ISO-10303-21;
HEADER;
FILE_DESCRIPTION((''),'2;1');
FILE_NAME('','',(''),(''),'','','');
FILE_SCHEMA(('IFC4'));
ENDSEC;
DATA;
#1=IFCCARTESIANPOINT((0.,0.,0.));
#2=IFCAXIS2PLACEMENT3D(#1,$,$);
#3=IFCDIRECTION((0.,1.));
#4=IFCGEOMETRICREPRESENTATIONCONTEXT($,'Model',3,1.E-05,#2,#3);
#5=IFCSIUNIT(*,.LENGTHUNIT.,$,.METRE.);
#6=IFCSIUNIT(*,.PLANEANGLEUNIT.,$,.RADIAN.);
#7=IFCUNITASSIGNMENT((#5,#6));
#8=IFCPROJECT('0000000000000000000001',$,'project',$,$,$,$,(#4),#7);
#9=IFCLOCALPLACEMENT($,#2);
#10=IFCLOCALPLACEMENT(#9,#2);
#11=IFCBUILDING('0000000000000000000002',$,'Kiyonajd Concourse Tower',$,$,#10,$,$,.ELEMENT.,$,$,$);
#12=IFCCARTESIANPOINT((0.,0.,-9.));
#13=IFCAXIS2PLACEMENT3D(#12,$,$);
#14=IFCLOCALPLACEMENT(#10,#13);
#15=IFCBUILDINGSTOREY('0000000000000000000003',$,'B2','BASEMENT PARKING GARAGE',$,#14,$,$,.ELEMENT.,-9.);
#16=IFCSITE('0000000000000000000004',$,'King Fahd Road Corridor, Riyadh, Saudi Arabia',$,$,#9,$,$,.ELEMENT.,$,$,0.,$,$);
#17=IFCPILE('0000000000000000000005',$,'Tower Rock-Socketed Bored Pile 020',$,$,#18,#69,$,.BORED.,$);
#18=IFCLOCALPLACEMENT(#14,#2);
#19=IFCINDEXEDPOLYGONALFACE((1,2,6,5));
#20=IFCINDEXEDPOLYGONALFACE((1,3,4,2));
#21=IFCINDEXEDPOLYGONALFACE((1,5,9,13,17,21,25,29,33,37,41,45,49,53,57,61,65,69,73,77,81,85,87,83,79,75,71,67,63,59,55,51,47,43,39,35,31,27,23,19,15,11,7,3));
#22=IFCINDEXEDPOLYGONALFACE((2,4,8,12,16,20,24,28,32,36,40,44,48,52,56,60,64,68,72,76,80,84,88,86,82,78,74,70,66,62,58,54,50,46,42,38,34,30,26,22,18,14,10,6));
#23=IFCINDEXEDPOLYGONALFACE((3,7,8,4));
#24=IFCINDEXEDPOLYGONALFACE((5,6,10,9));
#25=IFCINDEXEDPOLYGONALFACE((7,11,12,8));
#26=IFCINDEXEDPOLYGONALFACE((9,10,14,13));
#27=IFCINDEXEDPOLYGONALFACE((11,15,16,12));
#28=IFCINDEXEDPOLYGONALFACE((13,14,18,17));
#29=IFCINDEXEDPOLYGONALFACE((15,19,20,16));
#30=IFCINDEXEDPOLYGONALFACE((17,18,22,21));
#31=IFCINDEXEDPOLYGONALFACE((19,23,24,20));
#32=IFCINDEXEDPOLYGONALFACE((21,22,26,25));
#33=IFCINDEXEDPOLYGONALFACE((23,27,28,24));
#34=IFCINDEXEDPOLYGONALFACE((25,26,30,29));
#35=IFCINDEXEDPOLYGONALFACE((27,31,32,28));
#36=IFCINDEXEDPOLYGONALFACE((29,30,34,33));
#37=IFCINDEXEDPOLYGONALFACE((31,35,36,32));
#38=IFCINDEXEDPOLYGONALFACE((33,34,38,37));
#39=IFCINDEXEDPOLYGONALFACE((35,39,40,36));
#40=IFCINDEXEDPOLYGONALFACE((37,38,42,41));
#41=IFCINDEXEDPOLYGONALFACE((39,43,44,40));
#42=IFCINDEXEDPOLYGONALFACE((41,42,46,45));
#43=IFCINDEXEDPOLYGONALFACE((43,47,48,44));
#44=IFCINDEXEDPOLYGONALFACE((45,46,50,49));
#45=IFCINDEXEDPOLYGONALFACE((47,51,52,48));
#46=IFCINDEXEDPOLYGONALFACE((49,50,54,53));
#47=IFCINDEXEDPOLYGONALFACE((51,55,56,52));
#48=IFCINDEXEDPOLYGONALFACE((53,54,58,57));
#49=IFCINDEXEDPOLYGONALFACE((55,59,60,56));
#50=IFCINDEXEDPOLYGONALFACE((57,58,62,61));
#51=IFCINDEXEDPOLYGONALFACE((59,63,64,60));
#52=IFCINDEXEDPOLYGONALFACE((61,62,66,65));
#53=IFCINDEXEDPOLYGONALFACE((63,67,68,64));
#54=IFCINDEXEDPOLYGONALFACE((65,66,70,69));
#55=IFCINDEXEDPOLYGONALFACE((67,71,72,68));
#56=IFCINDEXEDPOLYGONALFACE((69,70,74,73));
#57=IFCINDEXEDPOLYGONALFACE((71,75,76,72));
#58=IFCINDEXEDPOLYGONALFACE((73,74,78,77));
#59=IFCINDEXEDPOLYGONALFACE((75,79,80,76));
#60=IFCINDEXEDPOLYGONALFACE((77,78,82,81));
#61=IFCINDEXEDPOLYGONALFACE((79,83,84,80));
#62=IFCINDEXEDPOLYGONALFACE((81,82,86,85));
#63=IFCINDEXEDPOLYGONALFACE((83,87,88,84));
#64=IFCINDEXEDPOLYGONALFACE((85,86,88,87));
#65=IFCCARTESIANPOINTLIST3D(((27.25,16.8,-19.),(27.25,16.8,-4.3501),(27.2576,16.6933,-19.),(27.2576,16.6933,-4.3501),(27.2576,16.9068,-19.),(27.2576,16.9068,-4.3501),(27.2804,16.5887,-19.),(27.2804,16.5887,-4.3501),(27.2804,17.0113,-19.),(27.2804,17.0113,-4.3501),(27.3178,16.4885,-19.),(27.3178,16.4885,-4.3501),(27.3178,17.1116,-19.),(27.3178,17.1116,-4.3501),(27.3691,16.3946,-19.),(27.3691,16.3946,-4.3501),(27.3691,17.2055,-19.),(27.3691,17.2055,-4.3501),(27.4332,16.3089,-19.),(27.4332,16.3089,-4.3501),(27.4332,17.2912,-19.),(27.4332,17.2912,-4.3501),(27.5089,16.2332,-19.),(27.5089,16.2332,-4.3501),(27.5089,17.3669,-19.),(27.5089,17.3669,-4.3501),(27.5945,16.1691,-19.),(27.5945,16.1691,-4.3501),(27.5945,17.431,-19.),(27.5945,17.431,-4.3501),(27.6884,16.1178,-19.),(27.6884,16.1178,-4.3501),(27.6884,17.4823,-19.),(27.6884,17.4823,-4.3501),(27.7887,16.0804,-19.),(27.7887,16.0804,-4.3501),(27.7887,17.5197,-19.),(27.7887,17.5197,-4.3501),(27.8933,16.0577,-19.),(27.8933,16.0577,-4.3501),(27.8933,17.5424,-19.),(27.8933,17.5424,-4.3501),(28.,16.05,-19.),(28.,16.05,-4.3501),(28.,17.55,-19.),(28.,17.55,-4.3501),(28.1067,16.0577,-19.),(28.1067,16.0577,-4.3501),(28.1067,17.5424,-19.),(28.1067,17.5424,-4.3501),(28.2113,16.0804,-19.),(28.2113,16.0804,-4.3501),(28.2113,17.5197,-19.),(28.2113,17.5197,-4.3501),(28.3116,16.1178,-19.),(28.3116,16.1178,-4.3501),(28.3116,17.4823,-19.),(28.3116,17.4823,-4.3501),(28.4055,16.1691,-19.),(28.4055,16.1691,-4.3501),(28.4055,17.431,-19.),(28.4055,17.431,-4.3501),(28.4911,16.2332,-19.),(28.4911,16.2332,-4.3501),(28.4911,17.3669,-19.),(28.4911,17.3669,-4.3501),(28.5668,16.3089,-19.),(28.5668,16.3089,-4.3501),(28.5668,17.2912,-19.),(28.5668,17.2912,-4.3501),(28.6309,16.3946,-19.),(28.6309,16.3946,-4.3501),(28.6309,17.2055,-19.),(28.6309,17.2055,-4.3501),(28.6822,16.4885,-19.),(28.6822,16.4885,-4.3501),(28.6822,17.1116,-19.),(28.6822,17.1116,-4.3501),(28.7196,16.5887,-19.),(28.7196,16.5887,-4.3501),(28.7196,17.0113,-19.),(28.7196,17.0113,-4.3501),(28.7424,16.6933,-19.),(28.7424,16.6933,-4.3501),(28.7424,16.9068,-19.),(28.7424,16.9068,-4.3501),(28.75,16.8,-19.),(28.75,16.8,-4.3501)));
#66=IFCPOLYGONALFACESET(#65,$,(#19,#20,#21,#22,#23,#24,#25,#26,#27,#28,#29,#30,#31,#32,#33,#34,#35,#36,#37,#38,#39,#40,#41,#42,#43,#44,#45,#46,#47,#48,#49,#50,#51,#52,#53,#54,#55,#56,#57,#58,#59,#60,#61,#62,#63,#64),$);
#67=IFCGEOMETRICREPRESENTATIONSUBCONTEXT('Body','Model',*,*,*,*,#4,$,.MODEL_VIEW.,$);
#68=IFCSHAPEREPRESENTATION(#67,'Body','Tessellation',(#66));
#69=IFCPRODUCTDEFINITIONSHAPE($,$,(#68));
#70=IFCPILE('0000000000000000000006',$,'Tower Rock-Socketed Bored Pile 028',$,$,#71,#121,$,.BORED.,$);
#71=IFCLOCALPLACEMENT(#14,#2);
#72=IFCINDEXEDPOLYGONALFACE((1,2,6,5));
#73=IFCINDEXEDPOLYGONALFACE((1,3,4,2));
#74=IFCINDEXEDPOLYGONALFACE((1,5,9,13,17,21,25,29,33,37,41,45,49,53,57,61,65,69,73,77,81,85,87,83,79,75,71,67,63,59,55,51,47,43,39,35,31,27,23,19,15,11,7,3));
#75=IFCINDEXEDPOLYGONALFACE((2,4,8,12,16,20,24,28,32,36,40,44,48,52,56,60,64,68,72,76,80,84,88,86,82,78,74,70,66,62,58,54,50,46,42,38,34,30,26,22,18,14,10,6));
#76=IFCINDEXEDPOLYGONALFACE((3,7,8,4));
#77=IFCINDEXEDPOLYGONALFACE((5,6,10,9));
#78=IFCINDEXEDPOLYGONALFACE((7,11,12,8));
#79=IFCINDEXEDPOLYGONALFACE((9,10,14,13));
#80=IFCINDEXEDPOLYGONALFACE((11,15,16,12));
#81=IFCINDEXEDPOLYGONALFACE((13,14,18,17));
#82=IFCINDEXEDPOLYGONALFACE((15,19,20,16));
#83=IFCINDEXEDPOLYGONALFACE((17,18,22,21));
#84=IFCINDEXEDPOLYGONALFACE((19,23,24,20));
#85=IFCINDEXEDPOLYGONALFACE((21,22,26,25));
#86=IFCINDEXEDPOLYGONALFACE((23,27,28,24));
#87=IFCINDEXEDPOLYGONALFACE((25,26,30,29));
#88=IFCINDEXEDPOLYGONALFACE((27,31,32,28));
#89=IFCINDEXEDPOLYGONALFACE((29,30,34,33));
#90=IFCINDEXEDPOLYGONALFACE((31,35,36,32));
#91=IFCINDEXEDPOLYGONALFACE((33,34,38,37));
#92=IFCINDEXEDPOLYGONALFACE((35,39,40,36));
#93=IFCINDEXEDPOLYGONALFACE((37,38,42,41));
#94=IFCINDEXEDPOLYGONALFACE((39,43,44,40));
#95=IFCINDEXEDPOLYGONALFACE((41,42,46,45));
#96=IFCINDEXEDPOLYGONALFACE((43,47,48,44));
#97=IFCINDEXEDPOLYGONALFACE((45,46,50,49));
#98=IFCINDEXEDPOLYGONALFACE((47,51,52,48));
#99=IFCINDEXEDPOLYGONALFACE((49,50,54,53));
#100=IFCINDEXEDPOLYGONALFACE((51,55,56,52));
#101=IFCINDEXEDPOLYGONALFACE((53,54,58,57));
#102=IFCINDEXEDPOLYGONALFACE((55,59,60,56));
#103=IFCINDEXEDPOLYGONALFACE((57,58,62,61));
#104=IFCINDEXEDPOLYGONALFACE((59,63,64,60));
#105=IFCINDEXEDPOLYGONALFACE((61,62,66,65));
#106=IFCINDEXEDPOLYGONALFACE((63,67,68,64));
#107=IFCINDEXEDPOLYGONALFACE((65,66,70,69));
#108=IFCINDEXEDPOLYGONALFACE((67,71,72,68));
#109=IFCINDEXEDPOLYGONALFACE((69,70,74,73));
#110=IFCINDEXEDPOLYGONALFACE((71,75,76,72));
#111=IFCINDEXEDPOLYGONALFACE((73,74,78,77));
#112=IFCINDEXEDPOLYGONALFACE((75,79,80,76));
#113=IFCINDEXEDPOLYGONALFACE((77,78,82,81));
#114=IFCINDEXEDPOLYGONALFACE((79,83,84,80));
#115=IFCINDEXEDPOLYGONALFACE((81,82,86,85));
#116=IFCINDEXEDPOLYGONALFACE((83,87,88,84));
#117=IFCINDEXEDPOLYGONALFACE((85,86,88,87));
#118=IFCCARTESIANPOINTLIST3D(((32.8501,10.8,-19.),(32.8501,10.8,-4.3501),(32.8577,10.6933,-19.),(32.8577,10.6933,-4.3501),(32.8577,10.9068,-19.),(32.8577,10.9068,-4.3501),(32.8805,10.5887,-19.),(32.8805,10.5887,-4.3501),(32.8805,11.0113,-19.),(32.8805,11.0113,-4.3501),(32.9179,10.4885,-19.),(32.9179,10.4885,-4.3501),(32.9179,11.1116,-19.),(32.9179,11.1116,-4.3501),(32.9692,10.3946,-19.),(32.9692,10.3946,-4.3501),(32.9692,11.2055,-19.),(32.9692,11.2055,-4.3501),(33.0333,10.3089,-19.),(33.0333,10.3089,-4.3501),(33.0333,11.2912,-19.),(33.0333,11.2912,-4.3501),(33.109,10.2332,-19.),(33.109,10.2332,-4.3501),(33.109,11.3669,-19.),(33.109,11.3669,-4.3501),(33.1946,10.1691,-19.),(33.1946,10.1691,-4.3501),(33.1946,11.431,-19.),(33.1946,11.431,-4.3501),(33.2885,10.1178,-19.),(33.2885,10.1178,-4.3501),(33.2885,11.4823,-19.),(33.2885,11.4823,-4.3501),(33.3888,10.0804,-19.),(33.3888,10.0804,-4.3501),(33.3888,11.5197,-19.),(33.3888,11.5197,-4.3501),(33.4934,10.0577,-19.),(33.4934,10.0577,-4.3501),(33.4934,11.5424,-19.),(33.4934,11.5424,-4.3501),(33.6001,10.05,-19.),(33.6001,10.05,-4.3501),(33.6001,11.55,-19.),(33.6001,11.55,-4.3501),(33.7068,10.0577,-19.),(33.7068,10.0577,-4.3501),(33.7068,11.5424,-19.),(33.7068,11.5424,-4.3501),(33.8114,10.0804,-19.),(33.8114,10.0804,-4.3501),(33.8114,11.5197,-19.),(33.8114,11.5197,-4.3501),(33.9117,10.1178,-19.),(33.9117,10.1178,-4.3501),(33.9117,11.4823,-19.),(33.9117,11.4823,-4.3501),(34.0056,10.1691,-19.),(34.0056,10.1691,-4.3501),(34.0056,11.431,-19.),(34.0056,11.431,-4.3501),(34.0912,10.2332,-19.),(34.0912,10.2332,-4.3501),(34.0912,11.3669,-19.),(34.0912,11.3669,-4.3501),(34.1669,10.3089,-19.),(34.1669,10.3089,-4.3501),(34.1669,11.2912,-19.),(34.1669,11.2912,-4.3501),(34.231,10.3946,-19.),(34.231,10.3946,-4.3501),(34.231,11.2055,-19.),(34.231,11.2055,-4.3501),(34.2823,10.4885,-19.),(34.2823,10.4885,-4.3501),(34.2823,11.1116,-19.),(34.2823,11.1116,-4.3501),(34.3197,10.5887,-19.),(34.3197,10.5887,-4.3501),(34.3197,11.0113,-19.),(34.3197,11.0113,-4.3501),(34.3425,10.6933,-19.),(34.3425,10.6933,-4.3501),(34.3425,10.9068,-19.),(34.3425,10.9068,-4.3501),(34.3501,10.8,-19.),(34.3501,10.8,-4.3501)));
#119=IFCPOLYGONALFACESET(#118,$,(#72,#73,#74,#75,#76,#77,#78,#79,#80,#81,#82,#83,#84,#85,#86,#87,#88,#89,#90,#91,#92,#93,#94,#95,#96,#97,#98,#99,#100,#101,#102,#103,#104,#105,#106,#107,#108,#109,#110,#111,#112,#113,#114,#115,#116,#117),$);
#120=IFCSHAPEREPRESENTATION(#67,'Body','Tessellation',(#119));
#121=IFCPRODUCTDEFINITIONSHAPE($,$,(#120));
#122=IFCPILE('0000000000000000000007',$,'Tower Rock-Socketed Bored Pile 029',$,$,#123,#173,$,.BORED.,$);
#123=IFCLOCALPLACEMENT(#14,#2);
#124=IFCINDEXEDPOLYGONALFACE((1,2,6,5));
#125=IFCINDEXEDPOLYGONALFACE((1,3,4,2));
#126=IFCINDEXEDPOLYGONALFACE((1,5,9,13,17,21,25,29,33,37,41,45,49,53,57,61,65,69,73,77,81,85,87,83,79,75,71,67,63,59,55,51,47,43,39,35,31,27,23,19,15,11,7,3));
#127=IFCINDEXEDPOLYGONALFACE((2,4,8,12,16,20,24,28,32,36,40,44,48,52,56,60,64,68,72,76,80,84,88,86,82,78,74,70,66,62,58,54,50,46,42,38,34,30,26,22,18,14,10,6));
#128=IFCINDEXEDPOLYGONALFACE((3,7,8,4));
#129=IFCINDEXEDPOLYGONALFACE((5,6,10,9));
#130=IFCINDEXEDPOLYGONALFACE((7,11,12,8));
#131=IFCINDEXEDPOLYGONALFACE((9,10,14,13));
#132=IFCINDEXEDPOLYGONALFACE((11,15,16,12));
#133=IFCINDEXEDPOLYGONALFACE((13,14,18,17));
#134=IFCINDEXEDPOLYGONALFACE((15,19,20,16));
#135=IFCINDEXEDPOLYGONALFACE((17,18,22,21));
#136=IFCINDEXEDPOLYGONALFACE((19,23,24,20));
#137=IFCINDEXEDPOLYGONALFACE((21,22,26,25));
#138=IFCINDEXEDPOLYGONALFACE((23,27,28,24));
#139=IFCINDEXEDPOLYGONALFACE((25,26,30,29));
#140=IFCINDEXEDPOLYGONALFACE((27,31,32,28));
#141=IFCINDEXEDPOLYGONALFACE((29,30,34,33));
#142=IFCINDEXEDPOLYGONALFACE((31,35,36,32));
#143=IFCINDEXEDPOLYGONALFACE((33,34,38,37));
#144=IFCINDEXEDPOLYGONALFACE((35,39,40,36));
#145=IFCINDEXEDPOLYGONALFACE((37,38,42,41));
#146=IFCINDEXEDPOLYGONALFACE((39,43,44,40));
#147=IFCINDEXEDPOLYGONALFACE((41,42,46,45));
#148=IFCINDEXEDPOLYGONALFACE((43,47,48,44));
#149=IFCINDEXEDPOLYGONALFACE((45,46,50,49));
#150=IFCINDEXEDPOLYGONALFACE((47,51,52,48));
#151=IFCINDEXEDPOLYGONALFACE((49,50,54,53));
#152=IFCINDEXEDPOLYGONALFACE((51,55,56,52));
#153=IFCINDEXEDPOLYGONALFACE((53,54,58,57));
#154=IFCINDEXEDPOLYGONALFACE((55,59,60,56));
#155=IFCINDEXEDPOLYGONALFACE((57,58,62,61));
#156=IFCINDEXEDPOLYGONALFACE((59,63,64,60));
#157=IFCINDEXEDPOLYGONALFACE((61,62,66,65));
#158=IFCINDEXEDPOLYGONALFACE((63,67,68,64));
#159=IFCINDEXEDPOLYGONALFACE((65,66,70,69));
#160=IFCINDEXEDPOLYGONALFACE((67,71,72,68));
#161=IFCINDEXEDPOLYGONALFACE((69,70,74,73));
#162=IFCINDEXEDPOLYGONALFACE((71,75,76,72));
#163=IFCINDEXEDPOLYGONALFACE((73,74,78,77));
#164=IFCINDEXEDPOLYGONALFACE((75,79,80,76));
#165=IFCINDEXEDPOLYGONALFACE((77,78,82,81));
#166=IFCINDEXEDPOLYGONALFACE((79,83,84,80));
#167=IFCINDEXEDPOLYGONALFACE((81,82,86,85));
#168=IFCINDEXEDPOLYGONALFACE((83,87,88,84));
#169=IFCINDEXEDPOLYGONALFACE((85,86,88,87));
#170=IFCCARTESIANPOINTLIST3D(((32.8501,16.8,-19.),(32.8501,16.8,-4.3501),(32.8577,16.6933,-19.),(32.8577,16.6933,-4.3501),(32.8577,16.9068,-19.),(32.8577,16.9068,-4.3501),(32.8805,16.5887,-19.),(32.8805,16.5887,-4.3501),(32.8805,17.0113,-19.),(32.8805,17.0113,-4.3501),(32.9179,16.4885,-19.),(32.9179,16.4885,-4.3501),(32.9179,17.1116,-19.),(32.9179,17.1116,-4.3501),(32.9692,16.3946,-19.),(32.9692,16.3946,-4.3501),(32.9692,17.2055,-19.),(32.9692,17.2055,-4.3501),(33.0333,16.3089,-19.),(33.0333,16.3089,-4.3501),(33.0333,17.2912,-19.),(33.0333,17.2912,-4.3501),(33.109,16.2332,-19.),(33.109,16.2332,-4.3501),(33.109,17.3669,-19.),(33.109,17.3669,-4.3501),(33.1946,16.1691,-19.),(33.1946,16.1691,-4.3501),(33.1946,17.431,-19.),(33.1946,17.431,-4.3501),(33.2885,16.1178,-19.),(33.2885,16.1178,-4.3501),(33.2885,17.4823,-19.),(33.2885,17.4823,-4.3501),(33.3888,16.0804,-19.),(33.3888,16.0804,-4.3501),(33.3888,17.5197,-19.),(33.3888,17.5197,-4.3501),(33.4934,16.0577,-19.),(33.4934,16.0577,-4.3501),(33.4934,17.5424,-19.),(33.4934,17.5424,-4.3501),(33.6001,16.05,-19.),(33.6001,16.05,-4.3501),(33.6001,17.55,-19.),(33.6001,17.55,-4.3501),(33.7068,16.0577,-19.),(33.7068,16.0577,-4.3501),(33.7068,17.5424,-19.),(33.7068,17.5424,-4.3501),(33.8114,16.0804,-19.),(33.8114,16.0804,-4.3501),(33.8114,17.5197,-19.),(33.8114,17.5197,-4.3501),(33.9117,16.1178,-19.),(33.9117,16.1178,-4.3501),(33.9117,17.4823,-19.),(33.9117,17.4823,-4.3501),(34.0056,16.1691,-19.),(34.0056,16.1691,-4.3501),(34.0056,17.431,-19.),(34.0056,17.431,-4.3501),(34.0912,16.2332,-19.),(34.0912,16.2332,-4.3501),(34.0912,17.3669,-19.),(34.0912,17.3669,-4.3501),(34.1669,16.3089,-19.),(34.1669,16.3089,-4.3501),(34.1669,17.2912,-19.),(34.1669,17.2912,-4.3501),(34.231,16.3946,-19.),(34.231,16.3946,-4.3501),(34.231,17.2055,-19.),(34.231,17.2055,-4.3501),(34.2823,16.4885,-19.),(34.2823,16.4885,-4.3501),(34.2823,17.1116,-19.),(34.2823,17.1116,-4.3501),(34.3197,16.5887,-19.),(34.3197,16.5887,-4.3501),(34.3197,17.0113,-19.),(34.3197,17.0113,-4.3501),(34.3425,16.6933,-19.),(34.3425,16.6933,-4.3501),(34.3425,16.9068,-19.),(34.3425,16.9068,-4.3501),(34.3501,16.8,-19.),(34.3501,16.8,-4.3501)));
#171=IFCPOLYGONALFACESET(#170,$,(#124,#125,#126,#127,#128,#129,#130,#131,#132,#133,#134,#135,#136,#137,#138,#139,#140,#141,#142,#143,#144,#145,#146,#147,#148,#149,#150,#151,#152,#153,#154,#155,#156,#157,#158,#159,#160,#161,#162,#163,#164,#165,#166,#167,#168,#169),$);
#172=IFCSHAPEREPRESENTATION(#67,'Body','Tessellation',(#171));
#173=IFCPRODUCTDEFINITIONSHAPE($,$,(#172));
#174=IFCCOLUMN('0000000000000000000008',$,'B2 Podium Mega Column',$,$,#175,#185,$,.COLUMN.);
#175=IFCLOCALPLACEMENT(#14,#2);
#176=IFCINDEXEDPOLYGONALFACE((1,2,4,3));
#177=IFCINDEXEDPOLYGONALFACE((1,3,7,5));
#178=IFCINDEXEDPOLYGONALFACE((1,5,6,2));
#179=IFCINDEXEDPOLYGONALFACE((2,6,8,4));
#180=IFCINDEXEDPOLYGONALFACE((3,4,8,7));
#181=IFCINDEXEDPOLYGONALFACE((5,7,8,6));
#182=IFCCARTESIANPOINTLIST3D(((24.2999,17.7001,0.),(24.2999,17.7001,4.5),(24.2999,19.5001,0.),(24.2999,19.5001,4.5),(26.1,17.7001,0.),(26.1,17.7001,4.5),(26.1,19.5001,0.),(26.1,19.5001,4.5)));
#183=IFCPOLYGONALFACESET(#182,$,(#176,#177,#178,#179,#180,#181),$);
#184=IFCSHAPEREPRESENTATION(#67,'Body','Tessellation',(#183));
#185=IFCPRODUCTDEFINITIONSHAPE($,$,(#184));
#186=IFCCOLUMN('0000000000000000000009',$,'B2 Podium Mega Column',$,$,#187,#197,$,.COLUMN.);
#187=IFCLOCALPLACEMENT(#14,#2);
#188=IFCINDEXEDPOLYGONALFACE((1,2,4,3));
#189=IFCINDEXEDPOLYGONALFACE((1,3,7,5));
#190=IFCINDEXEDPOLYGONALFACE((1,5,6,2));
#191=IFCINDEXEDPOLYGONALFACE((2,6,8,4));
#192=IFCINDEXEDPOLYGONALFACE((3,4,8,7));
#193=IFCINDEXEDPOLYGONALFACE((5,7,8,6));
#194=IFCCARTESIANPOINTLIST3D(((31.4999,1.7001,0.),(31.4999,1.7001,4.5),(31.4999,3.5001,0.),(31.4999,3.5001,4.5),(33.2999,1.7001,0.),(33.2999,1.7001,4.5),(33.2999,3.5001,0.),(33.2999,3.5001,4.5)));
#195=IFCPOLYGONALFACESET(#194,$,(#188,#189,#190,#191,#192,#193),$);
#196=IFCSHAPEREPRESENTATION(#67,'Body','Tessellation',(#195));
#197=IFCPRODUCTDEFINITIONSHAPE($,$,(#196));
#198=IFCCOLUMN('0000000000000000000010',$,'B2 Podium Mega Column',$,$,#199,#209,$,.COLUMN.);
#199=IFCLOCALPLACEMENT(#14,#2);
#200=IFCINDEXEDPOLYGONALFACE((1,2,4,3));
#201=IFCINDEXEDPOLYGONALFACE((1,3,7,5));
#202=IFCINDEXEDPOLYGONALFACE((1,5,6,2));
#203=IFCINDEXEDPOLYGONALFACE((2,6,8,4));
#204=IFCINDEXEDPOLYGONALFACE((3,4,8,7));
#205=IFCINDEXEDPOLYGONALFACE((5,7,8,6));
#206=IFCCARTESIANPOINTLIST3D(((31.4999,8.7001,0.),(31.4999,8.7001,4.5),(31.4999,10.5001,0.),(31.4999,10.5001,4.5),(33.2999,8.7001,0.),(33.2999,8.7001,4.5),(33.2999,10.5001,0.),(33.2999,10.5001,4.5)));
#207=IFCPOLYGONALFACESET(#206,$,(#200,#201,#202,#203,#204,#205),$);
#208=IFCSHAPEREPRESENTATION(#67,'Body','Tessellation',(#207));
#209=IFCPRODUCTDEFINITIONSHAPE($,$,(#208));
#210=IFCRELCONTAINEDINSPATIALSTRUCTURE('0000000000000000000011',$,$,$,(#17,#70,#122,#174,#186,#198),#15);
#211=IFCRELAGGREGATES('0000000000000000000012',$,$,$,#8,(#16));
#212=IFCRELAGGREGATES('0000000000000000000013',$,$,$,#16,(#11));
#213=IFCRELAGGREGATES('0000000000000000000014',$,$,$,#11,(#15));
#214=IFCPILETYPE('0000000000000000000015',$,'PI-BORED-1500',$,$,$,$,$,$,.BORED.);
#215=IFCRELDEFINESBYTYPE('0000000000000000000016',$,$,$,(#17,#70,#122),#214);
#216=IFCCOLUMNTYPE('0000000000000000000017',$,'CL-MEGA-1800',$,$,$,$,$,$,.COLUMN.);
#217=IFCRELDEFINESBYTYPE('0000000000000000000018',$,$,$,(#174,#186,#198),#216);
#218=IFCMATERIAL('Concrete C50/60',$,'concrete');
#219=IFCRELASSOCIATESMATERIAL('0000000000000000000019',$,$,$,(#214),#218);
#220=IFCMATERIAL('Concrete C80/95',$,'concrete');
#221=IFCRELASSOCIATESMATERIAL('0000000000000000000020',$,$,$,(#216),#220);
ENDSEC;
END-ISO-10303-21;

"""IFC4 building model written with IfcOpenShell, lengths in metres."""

from ifc_helpers import new_model, si_unit, direction, frame, origin, origin_2d, place, context, subcontext, project, spatial, rectangle, circle, extrude, material, material_profile, profile_set, type_object, element, save


model = new_model("IFC4")

# Units and contexts
model_context = context("Model", 3, precision=1e-05, world=origin(), true_north=direction((0.0, 1.0)))
body_context = subcontext(model_context, "Body", "Model", "MODEL_VIEW")
ifc_project = project(units=[si_unit("LENGTHUNIT", "METRE"), si_unit("PLANEANGLEUNIT", "RADIAN")], contexts=[model_context])

# Site, building, storey
site_placement = place(None, origin())
site = spatial("IfcSite", under=ifc_project, at=site_placement, Name="King Fahd Road Corridor, Riyadh, Saudi Arabia", CompositionType="ELEMENT", RefElevation=0.0)
building_placement = place(site_placement, origin())
building = spatial("IfcBuilding", under=site, at=building_placement, Name="Kiyonajd Concourse Tower", CompositionType="ELEMENT")
storey_placement = place(building_placement, frame((0.0, 0.0, -9.0)))
storey = spatial("IfcBuildingStorey", under=building, at=storey_placement, Name="B2", Description="BASEMENT PARKING GARAGE", CompositionType="ELEMENT", Elevation=-9.0)

# Shared definitions
ifc_material_1 = material(Name="Concrete C50/60", Category="concrete")

# Piles
ifc_material_profile_1 = material_profile(ifc_material_1, circle(Radius=0.75, at=origin_2d()), Name="PILE-D1500")
ifc_profile_set_1 = profile_set([ifc_material_profile_1], Name="Concrete C50/60")
pile_type_1 = type_object("IfcPileType", Name="PI-BORED-1500", PredefinedType="BORED", material=ifc_profile_set_1)
for number, where, z_axis, x_axis, name in (
    (1, (28.0, 16.8, -4.3501), (0.0, 0.0, -1.0), (1.0, 0.0, 0.0), "Tower Rock-Socketed Bored Pile 020"),
    (2, (33.6001, 10.8, -4.3501), (0.0, 0.0, -1.0), (1.0, 0.0, 0.0), "Tower Rock-Socketed Bored Pile 028"),
    (3, (33.6001, 16.8, -4.3501), (0.0, 0.0, -1.0), (1.0, 0.0, 0.0), "Tower Rock-Socketed Bored Pile 029"),
):
    element("IfcPile", number, at=place(storey_placement, frame(where, z_axis=z_axis, x_axis=x_axis)), inside=storey, type_object=pile_type_1, Name=name, PredefinedType="BORED", context=body_context, shape_type="SweptSolid", body=[
        extrude(circle(Radius=0.75, at=origin_2d()), origin(), (0.0, 0.0, 1.0), 14.6499),
    ])

# Columns
ifc_material_2 = material(Name="Concrete C80/95", Category="concrete")
ifc_material_profile_2 = material_profile(ifc_material_2, rectangle(XDim=1.8, YDim=1.8, at=origin_2d()), Name="RC-1800x1800")
ifc_profile_set_2 = profile_set([ifc_material_profile_2], Name="Concrete C80/95")
column_type = type_object("IfcColumnType", Name="CL-MEGA-1800", PredefinedType="COLUMN", material=ifc_profile_set_2)
for number, where, z_axis, x_axis, name in (
    (4, (25.2, 18.6001, 0.0), (0.0, 0.0, 1.0), (1.0, 0.0, 0.0), "B2 Podium Mega Column"),
    (5, (32.3999, 2.6001, 0.0), (0.0, 0.0, 1.0), (1.0, 0.0, 0.0), "B2 Podium Mega Column"),
    (6, (32.3999, 9.6001, 0.0), (0.0, 0.0, 1.0), (1.0, 0.0, 0.0), "B2 Podium Mega Column"),
):
    element("IfcColumn", number, at=place(storey_placement, frame(where, z_axis=z_axis, x_axis=x_axis)), inside=storey, type_object=column_type, Name=name, PredefinedType="COLUMN", context=body_context, shape_type="SweptSolid", body=[
        extrude(rectangle(XDim=1.8, YDim=1.8, at=origin_2d()), origin(), (0.0, 0.0, 1.0), 4.5),
    ])

save(model, "model.ifc")
